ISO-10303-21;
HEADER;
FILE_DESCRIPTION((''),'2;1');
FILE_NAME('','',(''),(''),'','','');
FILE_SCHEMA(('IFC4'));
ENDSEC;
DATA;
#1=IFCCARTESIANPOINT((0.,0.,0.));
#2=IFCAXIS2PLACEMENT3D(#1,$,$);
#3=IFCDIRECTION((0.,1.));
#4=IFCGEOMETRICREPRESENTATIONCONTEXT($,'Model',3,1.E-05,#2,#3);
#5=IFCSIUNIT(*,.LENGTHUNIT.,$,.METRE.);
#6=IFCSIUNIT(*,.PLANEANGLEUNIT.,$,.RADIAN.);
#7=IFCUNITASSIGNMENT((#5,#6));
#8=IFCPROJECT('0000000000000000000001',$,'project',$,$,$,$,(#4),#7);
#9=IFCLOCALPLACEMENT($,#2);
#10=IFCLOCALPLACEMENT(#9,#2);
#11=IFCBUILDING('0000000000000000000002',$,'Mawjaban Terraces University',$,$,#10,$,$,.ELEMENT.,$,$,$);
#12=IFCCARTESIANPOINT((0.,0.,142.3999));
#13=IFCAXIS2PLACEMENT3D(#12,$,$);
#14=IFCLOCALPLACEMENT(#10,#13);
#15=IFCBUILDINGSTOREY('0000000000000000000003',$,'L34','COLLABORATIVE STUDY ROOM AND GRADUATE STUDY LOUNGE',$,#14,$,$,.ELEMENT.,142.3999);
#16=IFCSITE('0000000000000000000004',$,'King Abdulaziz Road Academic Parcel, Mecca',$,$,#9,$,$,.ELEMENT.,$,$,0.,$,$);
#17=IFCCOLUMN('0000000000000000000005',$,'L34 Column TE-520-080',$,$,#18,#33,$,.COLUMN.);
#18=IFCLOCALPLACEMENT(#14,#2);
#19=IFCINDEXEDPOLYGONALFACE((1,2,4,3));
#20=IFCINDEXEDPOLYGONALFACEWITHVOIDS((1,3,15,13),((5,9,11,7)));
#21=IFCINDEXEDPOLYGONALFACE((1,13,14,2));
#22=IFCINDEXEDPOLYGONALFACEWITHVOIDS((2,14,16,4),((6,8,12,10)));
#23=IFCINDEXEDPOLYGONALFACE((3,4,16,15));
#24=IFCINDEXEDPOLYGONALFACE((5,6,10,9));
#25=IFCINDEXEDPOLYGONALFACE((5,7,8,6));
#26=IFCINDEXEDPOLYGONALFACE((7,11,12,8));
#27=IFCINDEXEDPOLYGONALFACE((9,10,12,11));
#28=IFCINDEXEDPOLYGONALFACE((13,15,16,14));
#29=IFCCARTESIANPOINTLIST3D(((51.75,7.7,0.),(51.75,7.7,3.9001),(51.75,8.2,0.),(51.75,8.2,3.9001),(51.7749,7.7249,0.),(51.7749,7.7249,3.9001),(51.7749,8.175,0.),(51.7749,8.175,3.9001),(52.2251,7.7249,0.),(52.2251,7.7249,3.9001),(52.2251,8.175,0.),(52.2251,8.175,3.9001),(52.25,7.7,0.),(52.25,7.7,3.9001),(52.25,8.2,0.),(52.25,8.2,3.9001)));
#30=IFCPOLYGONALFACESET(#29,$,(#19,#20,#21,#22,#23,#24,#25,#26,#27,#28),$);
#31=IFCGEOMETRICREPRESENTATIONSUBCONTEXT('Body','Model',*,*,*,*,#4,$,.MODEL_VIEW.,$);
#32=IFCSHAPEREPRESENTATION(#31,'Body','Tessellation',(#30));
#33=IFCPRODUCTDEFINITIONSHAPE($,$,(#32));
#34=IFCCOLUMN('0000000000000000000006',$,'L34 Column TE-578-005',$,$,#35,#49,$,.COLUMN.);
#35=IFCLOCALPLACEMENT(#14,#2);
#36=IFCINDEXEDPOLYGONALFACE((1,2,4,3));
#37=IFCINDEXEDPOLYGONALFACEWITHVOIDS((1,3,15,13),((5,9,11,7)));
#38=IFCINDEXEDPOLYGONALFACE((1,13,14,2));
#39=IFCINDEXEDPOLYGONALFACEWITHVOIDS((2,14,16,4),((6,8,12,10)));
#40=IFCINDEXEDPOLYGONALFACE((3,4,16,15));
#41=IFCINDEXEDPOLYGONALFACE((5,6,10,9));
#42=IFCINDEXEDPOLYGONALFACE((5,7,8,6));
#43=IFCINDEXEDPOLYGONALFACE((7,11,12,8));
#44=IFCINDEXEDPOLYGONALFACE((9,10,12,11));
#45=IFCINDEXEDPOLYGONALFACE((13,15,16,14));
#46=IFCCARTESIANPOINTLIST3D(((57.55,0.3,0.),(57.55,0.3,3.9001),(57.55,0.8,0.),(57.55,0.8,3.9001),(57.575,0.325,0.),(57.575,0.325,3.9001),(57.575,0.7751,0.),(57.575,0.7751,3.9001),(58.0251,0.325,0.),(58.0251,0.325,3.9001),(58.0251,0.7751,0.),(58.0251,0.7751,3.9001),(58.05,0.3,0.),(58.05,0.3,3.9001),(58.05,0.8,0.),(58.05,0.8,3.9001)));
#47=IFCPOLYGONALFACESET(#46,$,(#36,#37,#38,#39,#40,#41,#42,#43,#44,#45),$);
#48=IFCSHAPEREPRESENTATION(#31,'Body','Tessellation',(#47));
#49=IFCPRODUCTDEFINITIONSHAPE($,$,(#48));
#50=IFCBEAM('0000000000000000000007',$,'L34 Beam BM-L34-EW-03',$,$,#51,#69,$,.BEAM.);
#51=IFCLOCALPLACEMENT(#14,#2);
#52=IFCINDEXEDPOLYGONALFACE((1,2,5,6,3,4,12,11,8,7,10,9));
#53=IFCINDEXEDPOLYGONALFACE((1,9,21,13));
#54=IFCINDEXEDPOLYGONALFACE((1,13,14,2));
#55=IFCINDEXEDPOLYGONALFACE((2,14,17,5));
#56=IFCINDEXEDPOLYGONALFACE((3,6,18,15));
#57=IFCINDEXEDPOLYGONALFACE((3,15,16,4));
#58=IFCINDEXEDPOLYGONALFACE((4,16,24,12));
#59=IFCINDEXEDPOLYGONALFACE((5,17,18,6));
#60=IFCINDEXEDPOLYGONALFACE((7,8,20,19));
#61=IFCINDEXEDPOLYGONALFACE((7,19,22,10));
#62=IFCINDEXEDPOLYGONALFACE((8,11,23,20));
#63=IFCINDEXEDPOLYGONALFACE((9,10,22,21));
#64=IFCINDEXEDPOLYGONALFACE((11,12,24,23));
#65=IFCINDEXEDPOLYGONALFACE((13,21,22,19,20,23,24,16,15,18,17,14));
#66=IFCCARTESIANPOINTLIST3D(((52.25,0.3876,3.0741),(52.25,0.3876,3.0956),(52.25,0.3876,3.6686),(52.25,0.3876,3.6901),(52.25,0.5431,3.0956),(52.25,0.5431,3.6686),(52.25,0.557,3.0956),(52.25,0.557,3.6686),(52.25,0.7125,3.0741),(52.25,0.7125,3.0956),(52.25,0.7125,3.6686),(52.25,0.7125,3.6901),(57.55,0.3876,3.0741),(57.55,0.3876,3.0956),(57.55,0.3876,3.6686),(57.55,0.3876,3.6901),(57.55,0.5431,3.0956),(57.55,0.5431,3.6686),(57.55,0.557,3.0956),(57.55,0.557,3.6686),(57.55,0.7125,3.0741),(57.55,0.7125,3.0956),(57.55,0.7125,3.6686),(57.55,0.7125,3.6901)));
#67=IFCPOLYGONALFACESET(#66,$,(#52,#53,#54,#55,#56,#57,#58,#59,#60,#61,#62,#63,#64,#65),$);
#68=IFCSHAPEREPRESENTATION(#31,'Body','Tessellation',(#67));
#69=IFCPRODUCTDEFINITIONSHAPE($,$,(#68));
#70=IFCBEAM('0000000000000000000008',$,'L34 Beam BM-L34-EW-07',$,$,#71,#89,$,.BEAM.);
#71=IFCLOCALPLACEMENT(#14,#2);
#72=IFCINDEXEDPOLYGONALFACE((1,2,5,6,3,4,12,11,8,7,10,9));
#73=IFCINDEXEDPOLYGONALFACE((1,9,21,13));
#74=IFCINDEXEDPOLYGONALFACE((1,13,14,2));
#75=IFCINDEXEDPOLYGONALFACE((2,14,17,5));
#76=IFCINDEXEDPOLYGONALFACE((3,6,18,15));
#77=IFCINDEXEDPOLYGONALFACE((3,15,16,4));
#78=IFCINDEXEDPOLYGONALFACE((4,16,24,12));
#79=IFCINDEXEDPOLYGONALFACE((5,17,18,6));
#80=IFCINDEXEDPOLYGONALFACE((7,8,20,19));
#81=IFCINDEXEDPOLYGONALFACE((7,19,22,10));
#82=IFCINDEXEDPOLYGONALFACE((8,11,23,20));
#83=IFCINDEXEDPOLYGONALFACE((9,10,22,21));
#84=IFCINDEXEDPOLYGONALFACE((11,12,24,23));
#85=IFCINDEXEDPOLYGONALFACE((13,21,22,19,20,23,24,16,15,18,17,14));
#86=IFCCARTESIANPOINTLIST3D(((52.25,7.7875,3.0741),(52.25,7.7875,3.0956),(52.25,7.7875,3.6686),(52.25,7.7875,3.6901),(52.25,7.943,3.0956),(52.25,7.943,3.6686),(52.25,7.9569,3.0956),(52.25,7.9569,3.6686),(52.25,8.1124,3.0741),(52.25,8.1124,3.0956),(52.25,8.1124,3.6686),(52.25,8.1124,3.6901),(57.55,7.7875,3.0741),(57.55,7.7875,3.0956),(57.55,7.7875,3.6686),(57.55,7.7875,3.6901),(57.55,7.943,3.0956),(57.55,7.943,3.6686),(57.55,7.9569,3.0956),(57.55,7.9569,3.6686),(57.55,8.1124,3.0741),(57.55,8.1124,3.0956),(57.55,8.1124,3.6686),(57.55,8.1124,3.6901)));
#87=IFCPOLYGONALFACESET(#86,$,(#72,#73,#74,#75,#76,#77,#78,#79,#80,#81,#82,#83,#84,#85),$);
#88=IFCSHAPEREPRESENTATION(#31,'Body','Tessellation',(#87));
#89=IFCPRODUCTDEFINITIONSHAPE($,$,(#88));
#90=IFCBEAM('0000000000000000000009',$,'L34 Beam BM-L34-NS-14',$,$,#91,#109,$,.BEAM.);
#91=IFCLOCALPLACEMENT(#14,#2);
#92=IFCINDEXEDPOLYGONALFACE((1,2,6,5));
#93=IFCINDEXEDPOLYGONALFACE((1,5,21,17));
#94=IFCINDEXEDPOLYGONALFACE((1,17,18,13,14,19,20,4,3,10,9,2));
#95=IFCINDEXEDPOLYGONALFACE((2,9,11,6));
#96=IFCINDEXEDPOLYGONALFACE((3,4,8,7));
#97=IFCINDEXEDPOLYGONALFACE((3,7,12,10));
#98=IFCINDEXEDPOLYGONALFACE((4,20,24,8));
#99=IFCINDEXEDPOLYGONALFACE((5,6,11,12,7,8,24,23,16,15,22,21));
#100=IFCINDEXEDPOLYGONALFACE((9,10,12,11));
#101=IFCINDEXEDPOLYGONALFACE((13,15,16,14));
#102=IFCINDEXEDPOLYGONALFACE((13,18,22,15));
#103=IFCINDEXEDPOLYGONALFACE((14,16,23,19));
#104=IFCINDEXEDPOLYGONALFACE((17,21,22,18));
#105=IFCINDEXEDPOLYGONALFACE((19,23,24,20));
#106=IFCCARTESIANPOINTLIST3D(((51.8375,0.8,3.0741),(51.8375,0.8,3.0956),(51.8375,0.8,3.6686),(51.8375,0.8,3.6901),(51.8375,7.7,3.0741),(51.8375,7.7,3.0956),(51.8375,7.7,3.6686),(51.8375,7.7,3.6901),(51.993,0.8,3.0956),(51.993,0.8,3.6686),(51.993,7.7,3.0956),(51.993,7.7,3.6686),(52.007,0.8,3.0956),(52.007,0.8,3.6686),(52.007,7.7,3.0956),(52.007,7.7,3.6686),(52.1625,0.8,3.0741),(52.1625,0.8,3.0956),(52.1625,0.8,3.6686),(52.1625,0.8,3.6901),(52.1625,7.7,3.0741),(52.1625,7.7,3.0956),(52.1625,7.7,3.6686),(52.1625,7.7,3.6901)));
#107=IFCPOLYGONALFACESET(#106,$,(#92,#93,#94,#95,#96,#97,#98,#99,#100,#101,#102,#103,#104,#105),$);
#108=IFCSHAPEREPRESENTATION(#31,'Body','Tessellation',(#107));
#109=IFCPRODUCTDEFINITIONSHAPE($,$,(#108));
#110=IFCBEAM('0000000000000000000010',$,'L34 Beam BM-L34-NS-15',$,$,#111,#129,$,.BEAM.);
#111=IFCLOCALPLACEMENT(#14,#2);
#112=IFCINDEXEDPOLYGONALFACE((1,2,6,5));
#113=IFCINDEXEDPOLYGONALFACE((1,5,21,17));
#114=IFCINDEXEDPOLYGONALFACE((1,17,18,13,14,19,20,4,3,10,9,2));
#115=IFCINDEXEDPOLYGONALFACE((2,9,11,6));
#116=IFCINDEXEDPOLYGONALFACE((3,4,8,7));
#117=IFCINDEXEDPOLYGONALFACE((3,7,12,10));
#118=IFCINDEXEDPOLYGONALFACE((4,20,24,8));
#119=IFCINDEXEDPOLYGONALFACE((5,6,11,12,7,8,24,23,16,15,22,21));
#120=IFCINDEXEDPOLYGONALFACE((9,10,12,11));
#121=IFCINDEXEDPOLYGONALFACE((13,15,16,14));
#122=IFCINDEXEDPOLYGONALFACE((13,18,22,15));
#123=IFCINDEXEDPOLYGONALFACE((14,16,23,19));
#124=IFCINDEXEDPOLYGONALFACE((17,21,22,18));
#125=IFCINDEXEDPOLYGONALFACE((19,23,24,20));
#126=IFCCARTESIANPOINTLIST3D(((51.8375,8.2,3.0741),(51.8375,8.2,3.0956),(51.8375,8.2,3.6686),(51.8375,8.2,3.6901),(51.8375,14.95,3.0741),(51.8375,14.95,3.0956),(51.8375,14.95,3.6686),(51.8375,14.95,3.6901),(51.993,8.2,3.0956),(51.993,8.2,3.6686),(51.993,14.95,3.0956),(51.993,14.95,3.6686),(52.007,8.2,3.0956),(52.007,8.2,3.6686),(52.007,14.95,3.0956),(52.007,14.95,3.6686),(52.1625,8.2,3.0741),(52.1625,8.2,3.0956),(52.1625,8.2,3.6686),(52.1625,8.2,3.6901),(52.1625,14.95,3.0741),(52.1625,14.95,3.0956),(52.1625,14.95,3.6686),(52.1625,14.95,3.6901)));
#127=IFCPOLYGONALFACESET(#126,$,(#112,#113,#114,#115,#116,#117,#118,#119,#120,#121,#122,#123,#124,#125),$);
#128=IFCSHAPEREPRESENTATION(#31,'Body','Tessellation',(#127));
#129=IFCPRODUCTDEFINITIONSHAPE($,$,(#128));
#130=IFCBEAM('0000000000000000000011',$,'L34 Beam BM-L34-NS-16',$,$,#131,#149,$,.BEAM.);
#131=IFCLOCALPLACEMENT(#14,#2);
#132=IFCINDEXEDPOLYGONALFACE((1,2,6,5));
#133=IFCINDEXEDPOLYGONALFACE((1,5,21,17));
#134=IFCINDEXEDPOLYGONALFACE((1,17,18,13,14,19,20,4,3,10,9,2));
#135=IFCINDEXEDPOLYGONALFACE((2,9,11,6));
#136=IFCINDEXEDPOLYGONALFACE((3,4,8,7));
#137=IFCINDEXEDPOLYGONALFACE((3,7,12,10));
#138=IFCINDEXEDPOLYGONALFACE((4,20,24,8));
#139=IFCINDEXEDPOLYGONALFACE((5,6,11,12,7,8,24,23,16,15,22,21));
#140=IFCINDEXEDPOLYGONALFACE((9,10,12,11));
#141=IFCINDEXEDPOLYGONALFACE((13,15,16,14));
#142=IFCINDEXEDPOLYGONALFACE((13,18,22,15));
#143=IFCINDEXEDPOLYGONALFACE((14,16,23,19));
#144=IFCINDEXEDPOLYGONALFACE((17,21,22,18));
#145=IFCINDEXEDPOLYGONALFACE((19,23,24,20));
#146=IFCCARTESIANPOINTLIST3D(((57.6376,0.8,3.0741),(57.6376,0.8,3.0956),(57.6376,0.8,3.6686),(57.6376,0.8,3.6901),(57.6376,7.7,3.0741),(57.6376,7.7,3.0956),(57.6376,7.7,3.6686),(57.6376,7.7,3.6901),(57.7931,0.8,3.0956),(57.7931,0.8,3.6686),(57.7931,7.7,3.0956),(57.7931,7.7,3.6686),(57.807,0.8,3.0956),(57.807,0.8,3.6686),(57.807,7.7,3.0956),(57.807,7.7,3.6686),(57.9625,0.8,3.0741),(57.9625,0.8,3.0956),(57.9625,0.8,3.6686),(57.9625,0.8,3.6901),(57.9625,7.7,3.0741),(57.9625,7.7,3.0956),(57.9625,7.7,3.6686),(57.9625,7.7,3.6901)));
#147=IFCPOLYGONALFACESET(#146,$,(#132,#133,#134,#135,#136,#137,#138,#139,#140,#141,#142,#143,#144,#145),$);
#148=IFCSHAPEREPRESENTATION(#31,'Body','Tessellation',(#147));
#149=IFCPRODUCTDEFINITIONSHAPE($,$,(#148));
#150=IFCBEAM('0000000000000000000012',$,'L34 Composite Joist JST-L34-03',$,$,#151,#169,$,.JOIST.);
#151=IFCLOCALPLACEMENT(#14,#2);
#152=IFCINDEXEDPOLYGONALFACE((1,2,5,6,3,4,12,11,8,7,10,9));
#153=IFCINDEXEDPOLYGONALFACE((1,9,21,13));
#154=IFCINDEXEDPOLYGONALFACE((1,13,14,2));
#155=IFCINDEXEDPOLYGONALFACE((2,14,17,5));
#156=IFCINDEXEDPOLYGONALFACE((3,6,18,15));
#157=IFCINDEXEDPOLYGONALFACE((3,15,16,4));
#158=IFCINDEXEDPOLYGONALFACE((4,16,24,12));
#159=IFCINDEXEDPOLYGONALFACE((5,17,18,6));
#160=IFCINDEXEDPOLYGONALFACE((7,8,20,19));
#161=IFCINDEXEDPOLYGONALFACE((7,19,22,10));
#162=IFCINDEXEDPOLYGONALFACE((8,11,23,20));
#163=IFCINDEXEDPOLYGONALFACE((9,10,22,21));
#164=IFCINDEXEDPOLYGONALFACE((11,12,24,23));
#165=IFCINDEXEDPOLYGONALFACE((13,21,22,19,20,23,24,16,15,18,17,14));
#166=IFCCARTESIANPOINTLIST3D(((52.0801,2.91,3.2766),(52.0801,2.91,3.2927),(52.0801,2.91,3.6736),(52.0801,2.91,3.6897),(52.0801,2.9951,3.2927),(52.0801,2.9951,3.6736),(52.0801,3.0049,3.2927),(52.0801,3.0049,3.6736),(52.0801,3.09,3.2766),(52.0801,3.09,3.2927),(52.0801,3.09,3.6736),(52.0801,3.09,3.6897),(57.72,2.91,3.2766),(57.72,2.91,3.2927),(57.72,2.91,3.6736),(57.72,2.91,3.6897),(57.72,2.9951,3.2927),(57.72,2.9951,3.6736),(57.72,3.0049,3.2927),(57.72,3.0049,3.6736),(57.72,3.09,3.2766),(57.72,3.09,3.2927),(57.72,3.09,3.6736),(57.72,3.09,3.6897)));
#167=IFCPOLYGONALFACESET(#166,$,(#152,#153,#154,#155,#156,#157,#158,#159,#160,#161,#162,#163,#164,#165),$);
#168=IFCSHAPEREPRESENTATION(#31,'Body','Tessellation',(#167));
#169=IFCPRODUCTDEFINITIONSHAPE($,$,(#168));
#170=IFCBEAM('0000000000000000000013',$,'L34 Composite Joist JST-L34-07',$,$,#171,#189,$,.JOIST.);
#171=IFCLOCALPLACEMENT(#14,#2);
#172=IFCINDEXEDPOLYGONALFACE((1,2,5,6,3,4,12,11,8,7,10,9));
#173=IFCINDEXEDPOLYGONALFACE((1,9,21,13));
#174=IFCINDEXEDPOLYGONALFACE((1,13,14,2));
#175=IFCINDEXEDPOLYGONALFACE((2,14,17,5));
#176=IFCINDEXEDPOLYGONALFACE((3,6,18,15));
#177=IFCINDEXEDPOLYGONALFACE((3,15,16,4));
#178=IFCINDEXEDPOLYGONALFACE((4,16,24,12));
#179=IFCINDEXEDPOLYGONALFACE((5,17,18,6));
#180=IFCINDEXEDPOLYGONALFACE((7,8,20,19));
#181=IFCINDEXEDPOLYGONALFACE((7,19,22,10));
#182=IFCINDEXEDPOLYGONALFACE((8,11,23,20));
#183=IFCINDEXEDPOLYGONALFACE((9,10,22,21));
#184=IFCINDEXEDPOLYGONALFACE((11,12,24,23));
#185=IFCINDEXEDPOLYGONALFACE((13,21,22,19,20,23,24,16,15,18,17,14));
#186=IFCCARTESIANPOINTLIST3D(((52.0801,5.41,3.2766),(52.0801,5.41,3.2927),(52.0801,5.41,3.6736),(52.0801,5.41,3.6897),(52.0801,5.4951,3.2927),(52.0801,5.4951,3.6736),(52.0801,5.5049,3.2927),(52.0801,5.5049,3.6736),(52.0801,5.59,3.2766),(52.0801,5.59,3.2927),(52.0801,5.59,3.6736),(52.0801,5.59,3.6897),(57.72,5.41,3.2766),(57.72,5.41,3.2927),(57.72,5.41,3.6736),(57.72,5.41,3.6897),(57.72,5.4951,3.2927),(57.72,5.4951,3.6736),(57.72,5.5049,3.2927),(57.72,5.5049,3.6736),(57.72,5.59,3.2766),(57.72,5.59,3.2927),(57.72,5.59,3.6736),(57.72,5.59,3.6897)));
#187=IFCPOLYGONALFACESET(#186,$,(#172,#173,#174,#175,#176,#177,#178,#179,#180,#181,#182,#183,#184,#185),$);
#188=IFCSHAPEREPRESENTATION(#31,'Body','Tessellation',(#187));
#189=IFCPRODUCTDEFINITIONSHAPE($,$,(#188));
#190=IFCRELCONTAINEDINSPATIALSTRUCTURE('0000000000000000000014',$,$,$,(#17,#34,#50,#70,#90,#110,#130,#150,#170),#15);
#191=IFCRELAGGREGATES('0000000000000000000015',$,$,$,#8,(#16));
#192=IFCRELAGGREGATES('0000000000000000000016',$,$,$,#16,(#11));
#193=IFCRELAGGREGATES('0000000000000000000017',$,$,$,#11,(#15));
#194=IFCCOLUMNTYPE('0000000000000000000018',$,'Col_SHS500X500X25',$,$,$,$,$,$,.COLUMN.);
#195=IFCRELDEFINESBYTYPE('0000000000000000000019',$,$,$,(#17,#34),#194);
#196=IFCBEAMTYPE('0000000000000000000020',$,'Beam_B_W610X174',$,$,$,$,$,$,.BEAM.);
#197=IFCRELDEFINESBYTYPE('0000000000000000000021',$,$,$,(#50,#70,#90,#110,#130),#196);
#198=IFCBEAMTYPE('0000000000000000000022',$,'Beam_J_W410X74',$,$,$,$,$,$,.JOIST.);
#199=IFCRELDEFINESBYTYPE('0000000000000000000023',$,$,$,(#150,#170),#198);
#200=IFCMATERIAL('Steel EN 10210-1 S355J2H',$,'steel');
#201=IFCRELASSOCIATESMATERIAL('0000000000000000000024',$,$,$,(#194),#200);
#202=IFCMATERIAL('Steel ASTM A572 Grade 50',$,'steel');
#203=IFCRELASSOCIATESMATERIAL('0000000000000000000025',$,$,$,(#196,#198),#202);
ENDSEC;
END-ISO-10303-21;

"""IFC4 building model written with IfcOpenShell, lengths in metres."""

from ifc_helpers import new_model, si_unit, direction, frame, origin, origin_2d, place, context, subcontext, project, spatial, hollow_rectangle, i_section, extrude, material, material_profile, profile_set, type_object, element, save


model = new_model("IFC4")

# Units and contexts
model_context = context("Model", 3, precision=1e-05, world=origin(), true_north=direction((0.0, 1.0)))
body_context = subcontext(model_context, "Body", "Model", "MODEL_VIEW")
ifc_project = project(units=[si_unit("LENGTHUNIT", "METRE"), si_unit("PLANEANGLEUNIT", "RADIAN")], contexts=[model_context])

# Site, building, storey
site_placement = place(None, origin())
site = spatial("IfcSite", under=ifc_project, at=site_placement, Name="King Abdulaziz Road Academic Parcel, Mecca", CompositionType="ELEMENT", RefElevation=0.0)
building_placement = place(site_placement, origin())
building = spatial("IfcBuilding", under=site, at=building_placement, Name="Mawjaban Terraces University", CompositionType="ELEMENT")
storey_placement = place(building_placement, frame((0.0, 0.0, 142.3999)))
storey = spatial("IfcBuildingStorey", under=building, at=storey_placement, Name="L34", Description="COLLABORATIVE STUDY ROOM AND GRADUATE STUDY LOUNGE", CompositionType="ELEMENT", Elevation=142.3999)

# Columns
ifc_material_1 = material(Name="Steel EN 10210-1 S355J2H", Category="steel")
ifc_material_profile_1 = material_profile(ifc_material_1, hollow_rectangle(XDim=0.5, YDim=0.5, WallThickness=0.0249, at=origin_2d()), Name="SHS500X500X25")
ifc_profile_set_1 = profile_set([ifc_material_profile_1], Name="Steel EN 10210-1 S355J2H")
column_type = type_object("IfcColumnType", Name="Col_SHS500X500X25", PredefinedType="COLUMN", material=ifc_profile_set_1)
for number, where, z_axis, x_axis, name in (
    (1, (52.0, 7.95, 0.0), (0.0, 0.0, 1.0), (1.0, 0.0, 0.0), "L34 Column TE-520-080"),
    (2, (57.8, 0.55, 0.0), (0.0, 0.0, 1.0), (1.0, 0.0, 0.0), "L34 Column TE-578-005"),
):
    element("IfcColumn", number, at=place(storey_placement, frame(where, z_axis=z_axis, x_axis=x_axis)), inside=storey, type_object=column_type, Name=name, PredefinedType="COLUMN", context=body_context, shape_type="SweptSolid", body=[
        extrude(hollow_rectangle(XDim=0.5, YDim=0.5, WallThickness=0.0249, at=origin_2d()), origin(), (0.0, 0.0, 1.0), 3.9001),
    ])

# Beams
ifc_material_2 = material(Name="Steel ASTM A572 Grade 50", Category="steel")
ifc_material_profile_2 = material_profile(ifc_material_2, i_section(OverallWidth=0.325, OverallDepth=0.616, WebThickness=0.0139, FlangeThickness=0.0215, at=origin_2d()), Name="W610X174")
ifc_profile_set_2 = profile_set([ifc_material_profile_2], Name="Steel ASTM A572 Grade 50")
beam_type_1 = type_object("IfcBeamType", Name="Beam_B_W610X174", PredefinedType="BEAM", material=ifc_profile_set_2)
for number, where, z_axis, x_axis, name in (
    (3, (52.25, 0.55, 3.3821), (1.0, 0.0, 0.0), (0.0, 1.0, 0.0), "L34 Beam BM-L34-EW-03"),
    (4, (52.25, 7.95, 3.3821), (1.0, 0.0, 0.0), (0.0, 1.0, 0.0), "L34 Beam BM-L34-EW-07"),
):
    element("IfcBeam", number, at=place(storey_placement, frame(where, z_axis=z_axis, x_axis=x_axis)), inside=storey, type_object=beam_type_1, Name=name, PredefinedType="BEAM", context=body_context, shape_type="SweptSolid", body=[
        extrude(i_section(OverallWidth=0.325, OverallDepth=0.616, WebThickness=0.0139, FlangeThickness=0.0215, at=origin_2d()), origin(), (0.0, 0.0, 1.0), 5.3),
    ])
beam_1_placement = place(storey_placement, frame((52.0, 0.8, 3.3821), z_axis=(0.0, 1.0, 0.0), x_axis=(-1.0, 0.0, 0.0)))
element("IfcBeam", 5, at=beam_1_placement, inside=storey, type_object=beam_type_1, Name="L34 Beam BM-L34-NS-14", PredefinedType="BEAM", context=body_context, shape_type="SweptSolid", body=[
    extrude(i_section(OverallWidth=0.325, OverallDepth=0.616, WebThickness=0.0139, FlangeThickness=0.0215, at=origin_2d()), origin(), (0.0, 0.0, 1.0), 6.8999),
])
beam_2_placement = place(storey_placement, frame((52.0, 8.2, 3.3821), z_axis=(0.0, 1.0, 0.0), x_axis=(-1.0, 0.0, 0.0)))
element("IfcBeam", 6, at=beam_2_placement, inside=storey, type_object=beam_type_1, Name="L34 Beam BM-L34-NS-15", PredefinedType="BEAM", context=body_context, shape_type="SweptSolid", body=[
    extrude(i_section(OverallWidth=0.325, OverallDepth=0.616, WebThickness=0.0139, FlangeThickness=0.0215, at=origin_2d()), origin(), (0.0, 0.0, 1.0), 6.75),
])
beam_3_placement = place(storey_placement, frame((57.8, 0.8, 3.3821), z_axis=(0.0, 1.0, 0.0), x_axis=(-1.0, 0.0, 0.0)))
element("IfcBeam", 7, at=beam_3_placement, inside=storey, type_object=beam_type_1, Name="L34 Beam BM-L34-NS-16", PredefinedType="BEAM", context=body_context, shape_type="SweptSolid", body=[
    extrude(i_section(OverallWidth=0.325, OverallDepth=0.616, WebThickness=0.0139, FlangeThickness=0.0215, at=origin_2d()), origin(), (0.0, 0.0, 1.0), 6.8999),
])
ifc_material_profile_3 = material_profile(ifc_material_2, i_section(OverallWidth=0.1799, OverallDepth=0.4131, WebThickness=0.0098, FlangeThickness=0.0161, at=origin_2d()), Name="W410X74")
ifc_profile_set_3 = profile_set([ifc_material_profile_3], Name="Steel ASTM A572 Grade 50")
beam_type_2 = type_object("IfcBeamType", Name="Beam_J_W410X74", PredefinedType="JOIST", material=ifc_profile_set_3)
for number, where, z_axis, x_axis, name in (
    (8, (52.0801, 3.0, 3.4832), (1.0, 0.0, 0.0), (0.0, 1.0, 0.0), "L34 Composite Joist JST-L34-03"),
    (9, (52.0801, 5.5, 3.4832), (1.0, 0.0, 0.0), (0.0, 1.0, 0.0), "L34 Composite Joist JST-L34-07"),
):
    element("IfcBeam", number, at=place(storey_placement, frame(where, z_axis=z_axis, x_axis=x_axis)), inside=storey, type_object=beam_type_2, Name=name, PredefinedType="JOIST", context=body_context, shape_type="SweptSolid", body=[
        extrude(i_section(OverallWidth=0.1799, OverallDepth=0.4131, WebThickness=0.0098, FlangeThickness=0.0161, at=origin_2d()), origin(), (0.0, 0.0, 1.0), 5.6399),
    ])

save(model, "model.ifc")
